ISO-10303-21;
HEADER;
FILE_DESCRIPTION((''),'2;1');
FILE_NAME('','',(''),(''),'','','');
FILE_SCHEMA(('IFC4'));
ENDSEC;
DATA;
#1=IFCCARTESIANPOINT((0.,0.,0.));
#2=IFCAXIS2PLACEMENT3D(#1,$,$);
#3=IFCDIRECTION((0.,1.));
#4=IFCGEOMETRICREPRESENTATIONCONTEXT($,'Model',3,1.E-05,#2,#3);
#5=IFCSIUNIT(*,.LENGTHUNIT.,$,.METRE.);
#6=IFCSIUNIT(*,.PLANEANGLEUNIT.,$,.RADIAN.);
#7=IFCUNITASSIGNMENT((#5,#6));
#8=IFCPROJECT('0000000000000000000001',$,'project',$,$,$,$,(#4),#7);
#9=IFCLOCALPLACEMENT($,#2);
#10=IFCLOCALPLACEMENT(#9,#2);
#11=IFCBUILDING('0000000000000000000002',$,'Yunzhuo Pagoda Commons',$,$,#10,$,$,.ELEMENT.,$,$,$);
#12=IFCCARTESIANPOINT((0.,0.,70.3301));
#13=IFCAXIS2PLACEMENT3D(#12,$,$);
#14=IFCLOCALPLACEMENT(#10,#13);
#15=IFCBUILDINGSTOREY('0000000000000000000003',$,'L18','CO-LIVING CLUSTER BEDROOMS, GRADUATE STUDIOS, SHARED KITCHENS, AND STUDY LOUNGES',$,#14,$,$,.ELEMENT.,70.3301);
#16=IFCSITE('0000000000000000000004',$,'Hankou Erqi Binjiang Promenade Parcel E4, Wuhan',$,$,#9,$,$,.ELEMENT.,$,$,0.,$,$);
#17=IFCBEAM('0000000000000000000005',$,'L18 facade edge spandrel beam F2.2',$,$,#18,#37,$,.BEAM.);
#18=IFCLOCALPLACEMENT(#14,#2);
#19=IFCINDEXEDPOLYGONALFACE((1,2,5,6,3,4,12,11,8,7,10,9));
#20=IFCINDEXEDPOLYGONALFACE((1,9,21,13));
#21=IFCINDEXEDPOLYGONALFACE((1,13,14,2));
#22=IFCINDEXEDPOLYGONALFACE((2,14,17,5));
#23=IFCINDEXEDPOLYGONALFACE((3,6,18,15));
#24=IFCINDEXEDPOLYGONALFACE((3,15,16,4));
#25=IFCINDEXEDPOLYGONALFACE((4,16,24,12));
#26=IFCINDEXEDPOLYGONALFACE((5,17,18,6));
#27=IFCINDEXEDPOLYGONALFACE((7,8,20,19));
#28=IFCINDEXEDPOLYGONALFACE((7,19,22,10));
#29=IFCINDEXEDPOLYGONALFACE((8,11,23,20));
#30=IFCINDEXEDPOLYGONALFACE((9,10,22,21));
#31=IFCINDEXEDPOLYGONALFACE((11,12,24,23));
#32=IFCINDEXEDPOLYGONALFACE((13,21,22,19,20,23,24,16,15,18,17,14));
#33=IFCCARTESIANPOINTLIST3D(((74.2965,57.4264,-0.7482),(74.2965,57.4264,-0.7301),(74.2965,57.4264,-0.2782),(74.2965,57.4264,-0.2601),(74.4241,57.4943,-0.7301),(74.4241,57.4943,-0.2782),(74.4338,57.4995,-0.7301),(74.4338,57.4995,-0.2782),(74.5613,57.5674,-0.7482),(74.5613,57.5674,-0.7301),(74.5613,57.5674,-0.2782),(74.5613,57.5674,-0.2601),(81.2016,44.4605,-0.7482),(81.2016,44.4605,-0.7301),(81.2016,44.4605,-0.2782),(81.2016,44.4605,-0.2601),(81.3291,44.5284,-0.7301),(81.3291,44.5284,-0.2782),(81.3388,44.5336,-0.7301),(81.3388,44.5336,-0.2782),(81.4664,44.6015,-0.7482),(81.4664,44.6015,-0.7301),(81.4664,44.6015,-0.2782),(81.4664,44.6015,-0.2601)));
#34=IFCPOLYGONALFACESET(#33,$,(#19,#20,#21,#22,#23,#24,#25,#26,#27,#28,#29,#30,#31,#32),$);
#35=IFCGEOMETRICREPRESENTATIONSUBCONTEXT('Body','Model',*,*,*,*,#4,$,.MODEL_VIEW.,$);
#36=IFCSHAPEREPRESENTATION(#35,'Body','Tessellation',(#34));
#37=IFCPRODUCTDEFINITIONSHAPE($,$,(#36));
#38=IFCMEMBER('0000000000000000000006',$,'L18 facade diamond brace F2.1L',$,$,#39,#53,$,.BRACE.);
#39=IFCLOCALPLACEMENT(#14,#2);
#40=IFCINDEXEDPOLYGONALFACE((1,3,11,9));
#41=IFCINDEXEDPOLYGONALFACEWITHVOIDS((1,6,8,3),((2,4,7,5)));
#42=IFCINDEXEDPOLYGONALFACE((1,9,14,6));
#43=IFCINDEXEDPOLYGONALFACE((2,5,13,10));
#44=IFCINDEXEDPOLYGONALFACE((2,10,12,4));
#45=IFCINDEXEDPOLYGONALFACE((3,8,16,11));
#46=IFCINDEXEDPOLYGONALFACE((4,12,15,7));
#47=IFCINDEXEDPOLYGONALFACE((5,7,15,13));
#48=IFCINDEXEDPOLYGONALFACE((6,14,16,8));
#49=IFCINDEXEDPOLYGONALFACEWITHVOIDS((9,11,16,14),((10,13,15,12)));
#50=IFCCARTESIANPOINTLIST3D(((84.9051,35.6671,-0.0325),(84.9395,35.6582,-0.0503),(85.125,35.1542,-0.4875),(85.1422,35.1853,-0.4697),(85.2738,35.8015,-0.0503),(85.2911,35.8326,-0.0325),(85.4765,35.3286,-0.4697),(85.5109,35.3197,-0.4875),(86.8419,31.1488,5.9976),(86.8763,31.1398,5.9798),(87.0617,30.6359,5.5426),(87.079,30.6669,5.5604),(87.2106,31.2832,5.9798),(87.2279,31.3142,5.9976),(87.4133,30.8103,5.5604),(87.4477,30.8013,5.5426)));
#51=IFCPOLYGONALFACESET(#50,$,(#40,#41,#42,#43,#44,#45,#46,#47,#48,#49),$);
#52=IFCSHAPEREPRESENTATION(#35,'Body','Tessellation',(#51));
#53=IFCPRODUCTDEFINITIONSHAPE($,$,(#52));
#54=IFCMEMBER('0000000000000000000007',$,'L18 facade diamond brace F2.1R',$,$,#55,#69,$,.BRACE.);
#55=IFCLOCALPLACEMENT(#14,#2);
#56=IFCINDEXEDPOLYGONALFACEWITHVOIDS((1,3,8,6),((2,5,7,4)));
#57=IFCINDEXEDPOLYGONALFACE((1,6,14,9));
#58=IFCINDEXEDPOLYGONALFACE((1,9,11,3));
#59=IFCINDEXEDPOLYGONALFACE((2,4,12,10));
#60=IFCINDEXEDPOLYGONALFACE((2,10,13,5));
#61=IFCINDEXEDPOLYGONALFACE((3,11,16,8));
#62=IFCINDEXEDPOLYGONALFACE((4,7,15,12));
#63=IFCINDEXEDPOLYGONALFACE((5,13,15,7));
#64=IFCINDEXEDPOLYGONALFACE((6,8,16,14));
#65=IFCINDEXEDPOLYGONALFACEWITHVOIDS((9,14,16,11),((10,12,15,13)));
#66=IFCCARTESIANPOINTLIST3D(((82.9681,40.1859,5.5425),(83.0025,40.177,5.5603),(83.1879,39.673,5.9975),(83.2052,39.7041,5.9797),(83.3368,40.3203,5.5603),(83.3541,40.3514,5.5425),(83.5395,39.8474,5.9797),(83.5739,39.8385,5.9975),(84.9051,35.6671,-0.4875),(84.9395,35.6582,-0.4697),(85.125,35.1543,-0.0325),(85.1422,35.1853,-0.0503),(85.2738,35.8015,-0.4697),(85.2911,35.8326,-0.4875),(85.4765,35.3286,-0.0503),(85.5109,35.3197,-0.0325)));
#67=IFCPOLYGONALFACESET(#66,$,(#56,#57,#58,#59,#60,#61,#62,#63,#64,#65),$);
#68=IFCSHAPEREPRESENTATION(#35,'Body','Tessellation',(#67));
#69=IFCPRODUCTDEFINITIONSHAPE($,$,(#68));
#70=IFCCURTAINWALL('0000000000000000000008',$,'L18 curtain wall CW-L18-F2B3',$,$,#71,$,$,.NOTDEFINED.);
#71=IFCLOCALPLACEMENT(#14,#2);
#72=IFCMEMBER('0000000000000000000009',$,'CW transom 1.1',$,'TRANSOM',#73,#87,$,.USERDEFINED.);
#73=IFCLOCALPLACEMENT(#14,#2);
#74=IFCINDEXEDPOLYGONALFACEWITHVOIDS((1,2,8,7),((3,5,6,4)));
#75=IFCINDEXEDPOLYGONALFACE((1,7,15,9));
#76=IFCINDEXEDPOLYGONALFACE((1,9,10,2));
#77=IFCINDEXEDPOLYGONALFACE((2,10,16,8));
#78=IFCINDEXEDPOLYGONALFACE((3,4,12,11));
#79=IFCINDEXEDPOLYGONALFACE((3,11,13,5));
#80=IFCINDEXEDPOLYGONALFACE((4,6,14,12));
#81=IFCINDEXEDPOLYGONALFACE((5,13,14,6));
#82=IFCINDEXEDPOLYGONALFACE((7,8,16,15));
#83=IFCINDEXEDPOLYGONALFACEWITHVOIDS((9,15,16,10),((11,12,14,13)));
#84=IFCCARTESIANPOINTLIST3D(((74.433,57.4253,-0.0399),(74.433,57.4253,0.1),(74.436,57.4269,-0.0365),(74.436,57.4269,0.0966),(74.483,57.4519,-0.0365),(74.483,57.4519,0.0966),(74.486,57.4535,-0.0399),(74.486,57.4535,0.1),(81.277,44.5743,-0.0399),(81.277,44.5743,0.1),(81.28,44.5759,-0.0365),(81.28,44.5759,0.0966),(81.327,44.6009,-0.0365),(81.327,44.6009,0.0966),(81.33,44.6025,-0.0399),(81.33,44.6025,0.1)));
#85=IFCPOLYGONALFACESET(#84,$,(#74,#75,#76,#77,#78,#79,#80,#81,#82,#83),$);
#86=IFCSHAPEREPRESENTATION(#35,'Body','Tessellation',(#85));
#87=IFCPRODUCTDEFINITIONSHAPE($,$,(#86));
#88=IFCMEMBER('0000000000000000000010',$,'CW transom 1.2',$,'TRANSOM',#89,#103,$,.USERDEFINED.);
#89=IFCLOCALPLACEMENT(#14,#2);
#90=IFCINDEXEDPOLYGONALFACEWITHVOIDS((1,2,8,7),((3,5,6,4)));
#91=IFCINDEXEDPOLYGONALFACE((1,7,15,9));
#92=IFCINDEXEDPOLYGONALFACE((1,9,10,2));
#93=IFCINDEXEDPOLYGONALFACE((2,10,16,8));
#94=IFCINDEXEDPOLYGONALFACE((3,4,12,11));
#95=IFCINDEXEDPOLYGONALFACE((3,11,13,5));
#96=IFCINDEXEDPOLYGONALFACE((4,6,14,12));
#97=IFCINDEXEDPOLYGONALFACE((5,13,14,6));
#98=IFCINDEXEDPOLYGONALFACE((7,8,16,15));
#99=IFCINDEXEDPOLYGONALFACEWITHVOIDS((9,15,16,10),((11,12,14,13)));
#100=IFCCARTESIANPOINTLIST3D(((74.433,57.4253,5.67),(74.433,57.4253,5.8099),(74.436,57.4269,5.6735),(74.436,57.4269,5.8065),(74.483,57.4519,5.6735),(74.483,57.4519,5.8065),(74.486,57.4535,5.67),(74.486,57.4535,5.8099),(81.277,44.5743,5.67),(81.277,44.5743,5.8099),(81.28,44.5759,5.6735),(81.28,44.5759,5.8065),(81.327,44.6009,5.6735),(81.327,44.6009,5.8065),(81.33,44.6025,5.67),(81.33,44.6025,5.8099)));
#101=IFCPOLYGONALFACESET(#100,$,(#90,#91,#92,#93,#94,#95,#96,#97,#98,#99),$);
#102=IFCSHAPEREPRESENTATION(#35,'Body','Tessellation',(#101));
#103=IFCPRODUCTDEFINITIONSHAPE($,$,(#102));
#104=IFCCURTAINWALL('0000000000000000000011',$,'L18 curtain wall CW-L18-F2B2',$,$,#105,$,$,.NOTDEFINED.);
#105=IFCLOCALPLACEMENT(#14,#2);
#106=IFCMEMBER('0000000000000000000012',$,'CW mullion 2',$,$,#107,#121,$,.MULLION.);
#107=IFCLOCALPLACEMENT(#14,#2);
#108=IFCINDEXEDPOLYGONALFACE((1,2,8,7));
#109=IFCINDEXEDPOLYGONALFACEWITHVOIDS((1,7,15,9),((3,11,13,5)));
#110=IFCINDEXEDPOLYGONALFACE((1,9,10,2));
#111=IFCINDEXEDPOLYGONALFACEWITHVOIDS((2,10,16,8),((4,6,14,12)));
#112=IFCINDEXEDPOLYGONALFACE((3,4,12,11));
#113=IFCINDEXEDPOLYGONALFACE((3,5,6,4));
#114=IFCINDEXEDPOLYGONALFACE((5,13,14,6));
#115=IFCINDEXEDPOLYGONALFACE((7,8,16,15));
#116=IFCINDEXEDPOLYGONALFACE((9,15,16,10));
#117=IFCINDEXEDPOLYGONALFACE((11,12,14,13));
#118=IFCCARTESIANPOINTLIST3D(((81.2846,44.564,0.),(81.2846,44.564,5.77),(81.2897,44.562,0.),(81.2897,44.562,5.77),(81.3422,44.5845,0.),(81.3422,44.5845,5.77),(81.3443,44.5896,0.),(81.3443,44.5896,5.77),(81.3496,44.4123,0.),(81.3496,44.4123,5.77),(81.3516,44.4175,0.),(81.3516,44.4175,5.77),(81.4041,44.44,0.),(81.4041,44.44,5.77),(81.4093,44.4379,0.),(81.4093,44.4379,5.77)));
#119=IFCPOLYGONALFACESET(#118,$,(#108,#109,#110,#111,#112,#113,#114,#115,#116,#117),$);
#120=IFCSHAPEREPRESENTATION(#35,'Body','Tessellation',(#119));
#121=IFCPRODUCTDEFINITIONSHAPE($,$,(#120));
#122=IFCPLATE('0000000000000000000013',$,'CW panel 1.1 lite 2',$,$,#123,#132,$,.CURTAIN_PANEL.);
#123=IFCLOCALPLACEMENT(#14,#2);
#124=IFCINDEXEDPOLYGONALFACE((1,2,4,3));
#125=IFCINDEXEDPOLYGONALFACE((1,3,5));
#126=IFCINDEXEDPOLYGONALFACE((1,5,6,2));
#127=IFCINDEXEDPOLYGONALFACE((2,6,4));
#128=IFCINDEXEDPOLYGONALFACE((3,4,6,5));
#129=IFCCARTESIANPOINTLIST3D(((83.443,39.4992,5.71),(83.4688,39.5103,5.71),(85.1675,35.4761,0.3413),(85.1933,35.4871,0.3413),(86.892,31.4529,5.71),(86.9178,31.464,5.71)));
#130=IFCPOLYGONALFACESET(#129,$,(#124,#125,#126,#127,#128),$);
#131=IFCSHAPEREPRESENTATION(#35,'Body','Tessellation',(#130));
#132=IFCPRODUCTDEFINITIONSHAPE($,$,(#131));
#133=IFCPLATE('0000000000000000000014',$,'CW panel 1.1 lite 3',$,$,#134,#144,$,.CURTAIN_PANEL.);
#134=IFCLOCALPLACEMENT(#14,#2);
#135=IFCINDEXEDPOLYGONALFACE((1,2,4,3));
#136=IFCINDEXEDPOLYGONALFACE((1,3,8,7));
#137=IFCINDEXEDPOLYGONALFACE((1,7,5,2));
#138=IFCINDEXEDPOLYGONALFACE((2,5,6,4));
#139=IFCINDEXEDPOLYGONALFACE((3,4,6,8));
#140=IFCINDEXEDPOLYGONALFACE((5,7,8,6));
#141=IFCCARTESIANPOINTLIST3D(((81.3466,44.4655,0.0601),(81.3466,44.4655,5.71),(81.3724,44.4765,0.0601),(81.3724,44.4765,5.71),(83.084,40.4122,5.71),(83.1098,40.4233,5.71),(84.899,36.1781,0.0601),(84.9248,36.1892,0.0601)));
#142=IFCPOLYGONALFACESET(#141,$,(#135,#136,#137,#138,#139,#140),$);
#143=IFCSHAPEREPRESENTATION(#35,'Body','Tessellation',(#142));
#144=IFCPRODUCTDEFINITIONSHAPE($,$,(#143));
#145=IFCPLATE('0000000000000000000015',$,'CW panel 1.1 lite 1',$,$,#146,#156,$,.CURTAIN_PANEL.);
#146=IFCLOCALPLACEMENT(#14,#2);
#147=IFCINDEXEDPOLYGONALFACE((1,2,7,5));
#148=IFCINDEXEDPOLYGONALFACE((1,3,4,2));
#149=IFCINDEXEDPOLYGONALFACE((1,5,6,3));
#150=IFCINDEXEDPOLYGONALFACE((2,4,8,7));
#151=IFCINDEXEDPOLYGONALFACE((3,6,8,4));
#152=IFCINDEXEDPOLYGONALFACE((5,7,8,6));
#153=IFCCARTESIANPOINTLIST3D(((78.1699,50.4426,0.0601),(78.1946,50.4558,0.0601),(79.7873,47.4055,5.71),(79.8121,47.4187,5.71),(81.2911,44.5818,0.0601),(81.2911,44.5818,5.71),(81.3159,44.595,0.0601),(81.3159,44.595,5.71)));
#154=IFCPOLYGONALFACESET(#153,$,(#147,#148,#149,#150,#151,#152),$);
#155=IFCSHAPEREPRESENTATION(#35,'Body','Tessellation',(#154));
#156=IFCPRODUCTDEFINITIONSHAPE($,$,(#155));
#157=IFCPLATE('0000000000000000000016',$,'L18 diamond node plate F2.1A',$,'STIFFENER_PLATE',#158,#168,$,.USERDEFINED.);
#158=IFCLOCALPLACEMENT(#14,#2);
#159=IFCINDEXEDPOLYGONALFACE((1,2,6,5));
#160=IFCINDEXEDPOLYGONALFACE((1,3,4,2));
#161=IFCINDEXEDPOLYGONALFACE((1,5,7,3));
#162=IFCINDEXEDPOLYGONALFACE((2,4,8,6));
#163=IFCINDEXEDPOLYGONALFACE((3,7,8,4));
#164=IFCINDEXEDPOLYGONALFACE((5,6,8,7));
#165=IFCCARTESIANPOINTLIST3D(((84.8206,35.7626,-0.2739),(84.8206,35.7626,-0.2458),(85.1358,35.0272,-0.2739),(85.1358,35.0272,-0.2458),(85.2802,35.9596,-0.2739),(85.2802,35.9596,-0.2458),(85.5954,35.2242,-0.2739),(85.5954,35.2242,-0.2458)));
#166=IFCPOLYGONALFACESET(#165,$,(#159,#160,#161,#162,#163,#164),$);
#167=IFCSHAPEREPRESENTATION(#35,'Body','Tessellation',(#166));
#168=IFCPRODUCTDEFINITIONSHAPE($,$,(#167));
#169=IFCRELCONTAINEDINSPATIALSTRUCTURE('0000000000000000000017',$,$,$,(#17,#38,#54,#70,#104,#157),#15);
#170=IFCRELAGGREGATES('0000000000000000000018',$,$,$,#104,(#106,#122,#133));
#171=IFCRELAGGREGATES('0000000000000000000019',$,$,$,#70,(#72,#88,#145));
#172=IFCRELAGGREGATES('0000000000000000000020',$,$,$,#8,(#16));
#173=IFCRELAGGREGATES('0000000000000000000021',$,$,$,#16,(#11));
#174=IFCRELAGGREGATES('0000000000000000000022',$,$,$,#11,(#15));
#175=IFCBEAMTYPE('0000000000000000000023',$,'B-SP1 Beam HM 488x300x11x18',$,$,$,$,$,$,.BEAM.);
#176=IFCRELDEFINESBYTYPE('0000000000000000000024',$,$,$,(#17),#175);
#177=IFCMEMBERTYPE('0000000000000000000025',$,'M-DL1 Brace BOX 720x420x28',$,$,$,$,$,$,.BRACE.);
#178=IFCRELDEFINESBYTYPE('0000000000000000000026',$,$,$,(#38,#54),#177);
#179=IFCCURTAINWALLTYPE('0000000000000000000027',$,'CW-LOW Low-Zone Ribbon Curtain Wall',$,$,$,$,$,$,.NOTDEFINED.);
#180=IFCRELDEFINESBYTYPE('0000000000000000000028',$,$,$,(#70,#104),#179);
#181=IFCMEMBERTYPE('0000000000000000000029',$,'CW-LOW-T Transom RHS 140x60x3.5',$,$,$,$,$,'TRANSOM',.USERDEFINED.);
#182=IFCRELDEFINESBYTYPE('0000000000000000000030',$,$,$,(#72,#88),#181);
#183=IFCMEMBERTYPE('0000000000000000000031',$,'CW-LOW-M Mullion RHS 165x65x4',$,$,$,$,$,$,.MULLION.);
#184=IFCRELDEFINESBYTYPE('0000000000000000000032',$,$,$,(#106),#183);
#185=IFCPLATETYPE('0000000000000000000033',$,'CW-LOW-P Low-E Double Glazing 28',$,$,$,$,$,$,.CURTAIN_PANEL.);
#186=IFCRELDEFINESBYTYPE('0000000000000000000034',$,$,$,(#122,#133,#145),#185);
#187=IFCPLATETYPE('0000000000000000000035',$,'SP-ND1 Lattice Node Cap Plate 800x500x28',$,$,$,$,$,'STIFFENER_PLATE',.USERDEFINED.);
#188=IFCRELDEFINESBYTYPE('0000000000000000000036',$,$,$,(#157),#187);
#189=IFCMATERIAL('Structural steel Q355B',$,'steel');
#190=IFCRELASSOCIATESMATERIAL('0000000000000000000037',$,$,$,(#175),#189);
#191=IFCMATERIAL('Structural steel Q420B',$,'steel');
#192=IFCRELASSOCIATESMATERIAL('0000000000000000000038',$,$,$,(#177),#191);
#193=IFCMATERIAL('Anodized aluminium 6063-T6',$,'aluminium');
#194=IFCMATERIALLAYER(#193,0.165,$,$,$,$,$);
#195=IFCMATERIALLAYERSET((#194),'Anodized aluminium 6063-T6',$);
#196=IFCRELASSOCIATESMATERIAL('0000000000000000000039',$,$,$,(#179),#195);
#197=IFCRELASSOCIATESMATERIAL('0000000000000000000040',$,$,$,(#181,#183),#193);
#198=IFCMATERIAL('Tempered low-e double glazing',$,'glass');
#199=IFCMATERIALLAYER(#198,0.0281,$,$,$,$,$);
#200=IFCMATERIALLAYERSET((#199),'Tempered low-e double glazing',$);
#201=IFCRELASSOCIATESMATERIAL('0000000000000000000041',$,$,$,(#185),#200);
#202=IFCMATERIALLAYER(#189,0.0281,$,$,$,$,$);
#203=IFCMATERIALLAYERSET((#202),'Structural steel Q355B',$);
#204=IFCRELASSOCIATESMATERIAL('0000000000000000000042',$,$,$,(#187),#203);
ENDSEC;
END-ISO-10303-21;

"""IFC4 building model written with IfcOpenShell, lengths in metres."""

from ifc_helpers import new_model, si_unit, direction, frame, origin, origin_2d, place, context, subcontext, project, spatial, polyline, rectangle, hollow_rectangle, i_section, outline, extrude, source, transform, mapped, material, layer, layer_set, material_profile, profile_set, type_object, element, aggregate, save


model = new_model("IFC4")

# Units and contexts
model_context = context("Model", 3, precision=1e-05, world=origin(), true_north=direction((0.0, 1.0)))
body_context = subcontext(model_context, "Body", "Model", "MODEL_VIEW")
ifc_project = project(units=[si_unit("LENGTHUNIT", "METRE"), si_unit("PLANEANGLEUNIT", "RADIAN")], contexts=[model_context])

# Site, building, storey
site_placement = place(None, origin())
site = spatial("IfcSite", under=ifc_project, at=site_placement, Name="Hankou Erqi Binjiang Promenade Parcel E4, Wuhan", CompositionType="ELEMENT", RefElevation=0.0)
building_placement = place(site_placement, origin())
building = spatial("IfcBuilding", under=site, at=building_placement, Name="Yunzhuo Pagoda Commons", CompositionType="ELEMENT")
storey_placement = place(building_placement, frame((0.0, 0.0, 70.3301)))
storey = spatial("IfcBuildingStorey", under=building, at=storey_placement, Name="L18", Description="CO-LIVING CLUSTER BEDROOMS, GRADUATE STUDIOS, SHARED KITCHENS, AND STUDY LOUNGES", CompositionType="ELEMENT", Elevation=70.3301)

# Shared definitions
ifc_material_1 = material(Name="Structural steel Q420B", Category="steel")

# Beam
ifc_material_2 = material(Name="Structural steel Q355B", Category="steel")
ifc_material_profile_1 = material_profile(ifc_material_2, i_section(OverallWidth=0.3, OverallDepth=0.488, WebThickness=0.011, FlangeThickness=0.0181, at=origin_2d()), Name="Structural steel Q355B")
ifc_profile_set_1 = profile_set([ifc_material_profile_1], Name="Structural steel Q355B")
beam_type_1 = type_object("IfcBeamType", Name="B-SP1 Beam HM 488x300x11x18", PredefinedType="BEAM", material=ifc_profile_set_1)
shared_shape_1 = source(origin(), body_context, "Body", "SweptSolid", [
    extrude(i_section(OverallWidth=0.3, OverallDepth=0.488, WebThickness=0.011, FlangeThickness=0.0181, at=origin_2d()), origin(), (0.0, 0.0, 1.0), 14.6899),
])
beam_1_placement = place(storey_placement, frame((81.334, 44.531, -0.5042), z_axis=(-0.470054, 0.882638, 0.0), x_axis=(-0.882638, -0.470054, 0.0)))
element("IfcBeam", 1, at=beam_1_placement, inside=storey, type_object=beam_type_1, Name="L18 facade edge spandrel beam F2.2", PredefinedType="BEAM", context=body_context, shape_type="MappedRepresentation", body=[
    mapped(shared_shape_1, transform((0.0, 0.0, 0.0), scale=1.0)),
])

# Members
ifc_material_profile_2 = material_profile(ifc_material_1, hollow_rectangle(XDim=0.4199, YDim=0.72, WallThickness=0.0281, at=origin_2d()), Name="Structural steel Q420B")
ifc_profile_set_2 = profile_set([ifc_material_profile_2], Name="Structural steel Q420B")
member_type_1 = type_object("IfcMemberType", Name="M-DL1 Brace BOX 720x420x28", PredefinedType="BRACE", material=ifc_profile_set_2)
shared_shape_2 = source(origin(), body_context, "Body", "SweptSolid", [
    extrude(hollow_rectangle(XDim=0.4199, YDim=0.72, WallThickness=0.0281, at=origin_2d()), origin(), (0.0, 0.0, 1.0), 7.78),
])
member_1_placement = place(storey_placement, frame((85.208, 35.4934, -0.26), z_axis=(0.248944, -0.580764, 0.775074), x_axis=(0.919119, 0.393979, 0.0)))
element("IfcMember", 2, at=member_1_placement, inside=storey, type_object=member_type_1, Name="L18 facade diamond brace F2.1L", PredefinedType="BRACE", context=body_context, shape_type="MappedRepresentation", body=[
    mapped(shared_shape_2, transform((0.0, 0.0, 0.0), scale=1.0)),
])
shared_shape_3 = source(origin(), body_context, "Body", "SweptSolid", [
    extrude(hollow_rectangle(XDim=0.4199, YDim=0.72, WallThickness=0.0281, at=origin_2d()), origin(), (0.0, 0.0, 1.0), 7.7803),
])
member_2_placement = place(storey_placement, frame((85.208, 35.4934, -0.26), z_axis=(-0.248964, 0.580801, 0.77504), x_axis=(-0.919117, -0.393985, 0.0)))
element("IfcMember", 3, at=member_2_placement, inside=storey, type_object=member_type_1, Name="L18 facade diamond brace F2.1R", PredefinedType="BRACE", context=body_context, shape_type="MappedRepresentation", body=[
    mapped(shared_shape_3, transform((0.0, 0.0, 0.0), scale=1.0)),
])

# Curtain wall, members
ifc_material_3 = material(Name="Anodized aluminium 6063-T6", Category="aluminium")
ifc_layer_1 = layer(ifc_material_3, 0.165)
ifc_layer_set_1 = layer_set([ifc_layer_1], Name="Anodized aluminium 6063-T6")
curtain_wall_type = type_object("IfcCurtainWallType", Name="CW-LOW Low-Zone Ribbon Curtain Wall", PredefinedType="NOTDEFINED", material=ifc_layer_set_1)
curtain_wall_1_placement = place(storey_placement, origin())
curtain_wall_1 = element("IfcCurtainWall", 4, at=curtain_wall_1_placement, inside=storey, type_object=curtain_wall_type, Name="L18 curtain wall CW-L18-F2B3", PredefinedType="NOTDEFINED")
ifc_material_profile_3 = material_profile(ifc_material_3, hollow_rectangle(XDim=0.0601, YDim=0.1399, WallThickness=0.0034, at=origin_2d()), Name="Anodized aluminium 6063-T6")
ifc_profile_set_3 = profile_set([ifc_material_profile_3], Name="Anodized aluminium 6063-T6")
member_type_2 = type_object("IfcMemberType", Name="CW-LOW-T Transom RHS 140x60x3.5", ElementType="TRANSOM", PredefinedType="USERDEFINED", material=ifc_profile_set_3)
shared_shape_4 = source(origin(), body_context, "Body", "SweptSolid", [
    extrude(hollow_rectangle(XDim=0.0601, YDim=0.1399, WallThickness=0.0034, at=origin_2d()), origin(), (0.0, 0.0, 1.0), 14.5598),
])
member_3_placement = place(storey_placement, frame((81.3035, 44.5884, 0.03), z_axis=(-0.470058, 0.882635, 0.0), x_axis=(-0.882635, -0.470058, 0.0)))
member_3 = element("IfcMember", 5, at=member_3_placement, type_object=member_type_2, Name="CW transom 1.1", ObjectType="TRANSOM", PredefinedType="USERDEFINED", context=body_context, shape_type="MappedRepresentation", body=[
    mapped(shared_shape_4, transform((0.0, 0.0, 0.0), scale=1.0)),
])
member_4_placement = place(storey_placement, frame((81.3035, 44.5884, 5.74), z_axis=(-0.470058, 0.882635, 0.0), x_axis=(-0.882635, -0.470058, 0.0)))
member_4 = element("IfcMember", 6, at=member_4_placement, type_object=member_type_2, Name="CW transom 1.2", ObjectType="TRANSOM", PredefinedType="USERDEFINED", context=body_context, shape_type="MappedRepresentation", body=[
    mapped(shared_shape_4, transform((0.0, 0.0, 0.0), scale=1.0)),
])

# Curtain wall, member, plates
curtain_wall_2_placement = place(storey_placement, origin())
curtain_wall_2 = element("IfcCurtainWall", 7, at=curtain_wall_2_placement, inside=storey, type_object=curtain_wall_type, Name="L18 curtain wall CW-L18-F2B2", PredefinedType="NOTDEFINED")
ifc_material_profile_4 = material_profile(ifc_material_3, hollow_rectangle(XDim=0.0649, YDim=0.165, WallThickness=0.0039, at=origin_2d()), Name="Anodized aluminium 6063-T6")
ifc_profile_set_4 = profile_set([ifc_material_profile_4], Name="Anodized aluminium 6063-T6")
member_type_3 = type_object("IfcMemberType", Name="CW-LOW-M Mullion RHS 165x65x4", PredefinedType="MULLION", material=ifc_profile_set_4)
shared_shape_5 = source(origin(), body_context, "Body", "SweptSolid", [
    extrude(hollow_rectangle(XDim=0.0649, YDim=0.165, WallThickness=0.0039, at=origin_2d()), origin(), (0.0, 0.0, 1.0), 5.77),
])
member_5_placement = place(storey_placement, frame((81.3469, 44.501, 0.0), z_axis=(0.0, 0.0, 1.0), x_axis=(-0.919121, -0.393975, 0.0)))
member_5 = element("IfcMember", 8, at=member_5_placement, type_object=member_type_3, Name="CW mullion 2", PredefinedType="MULLION", context=body_context, shape_type="MappedRepresentation", body=[
    mapped(shared_shape_5, transform((0.0, 0.0, 0.0), scale=1.0)),
])
ifc_material_4 = material(Name="Tempered low-e double glazing", Category="glass")
ifc_layer_2 = layer(ifc_material_4, 0.0281)
ifc_layer_set_2 = layer_set([ifc_layer_2], Name="Tempered low-e double glazing")
plate_type_1 = type_object("IfcPlateType", Name="CW-LOW-P Low-E Double Glazing 28", PredefinedType="CURTAIN_PANEL", material=ifc_layer_set_2)
plate_1_placement = place(storey_placement, frame((85.1675, 35.4761, 3.0256), z_axis=(0.919121, 0.393975, 0.0), x_axis=(-0.393975, 0.919121, 0.0)))
plate_1 = element("IfcPlate", 9, at=plate_1_placement, type_object=plate_type_1, Name="CW panel 1.1 lite 2", PredefinedType="CURTAIN_PANEL", context=body_context, shape_type="SweptSolid", body=[
    extrude(outline(polyline([(-4.3772, 2.6843), (0.0, -2.6843), (4.3772, 2.6843), (-4.3772, 2.6843)])), origin(), (0.0, 0.0, 1.0), 0.0281),
])
plate_2_placement = place(storey_placement, frame((83.1228, 40.3218, 2.885), z_axis=(0.919121, 0.393975, 0.0), x_axis=(-0.393975, 0.919121, 0.0)))
plate_2 = element("IfcPlate", 10, at=plate_2_placement, type_object=plate_type_1, Name="CW panel 1.1 lite 3", PredefinedType="CURTAIN_PANEL", context=body_context, shape_type="SweptSolid", body=[
    extrude(outline(polyline([(-4.5083, -2.825), (4.5083, -2.825), (4.5083, 2.825), (0.0984, 2.825), (-4.5083, -2.825)])), origin(), (0.0, 0.0, 1.0), 0.0281),
])
aggregate(curtain_wall_2, [member_5, plate_1, plate_2])

# Plate
plate_3_placement = place(storey_placement, frame((79.7305, 47.5122, 2.885), z_axis=(0.882637, 0.470056, 0.0), x_axis=(-0.470056, 0.882637, 0.0)))
plate_3 = element("IfcPlate", 11, at=plate_3_placement, type_object=plate_type_1, Name="CW panel 1.1 lite 1", PredefinedType="CURTAIN_PANEL", context=body_context, shape_type="SweptSolid", body=[
    extrude(outline(polyline([(-3.3201, -2.825), (3.3201, -2.825), (-0.1208, 2.825), (-3.3201, 2.825), (-3.3201, -2.825)])), origin(), (0.0, 0.0, 1.0), 0.0281),
])
aggregate(curtain_wall_1, [member_3, member_4, plate_3])

# Plate
ifc_layer_3 = layer(ifc_material_2, 0.0281)
ifc_layer_set_3 = layer_set([ifc_layer_3], Name="Structural steel Q355B")
plate_type_2 = type_object("IfcPlateType", Name="SP-ND1 Lattice Node Cap Plate 800x500x28", ElementType="STIFFENER_PLATE", PredefinedType="USERDEFINED", material=ifc_layer_set_3)
shared_shape_6 = source(origin(), body_context, "Body", "SweptSolid", [
    extrude(rectangle(XDim=0.8, YDim=0.5, at=origin_2d()), origin(), (0.0, 0.0, 1.0), 0.0281),
])
plate_4_placement = place(storey_placement, frame((85.208, 35.4934, -0.2739), z_axis=(0.0, 0.0, 1.0), x_axis=(-0.393974, 0.919122, 0.0)))
element("IfcPlate", 12, at=plate_4_placement, inside=storey, type_object=plate_type_2, Name="L18 diamond node plate F2.1A", ObjectType="STIFFENER_PLATE", PredefinedType="USERDEFINED", context=body_context, shape_type="MappedRepresentation", body=[
    mapped(shared_shape_6, transform((0.0, 0.0, 0.0), scale=1.0)),
])

save(model, "model.ifc")
